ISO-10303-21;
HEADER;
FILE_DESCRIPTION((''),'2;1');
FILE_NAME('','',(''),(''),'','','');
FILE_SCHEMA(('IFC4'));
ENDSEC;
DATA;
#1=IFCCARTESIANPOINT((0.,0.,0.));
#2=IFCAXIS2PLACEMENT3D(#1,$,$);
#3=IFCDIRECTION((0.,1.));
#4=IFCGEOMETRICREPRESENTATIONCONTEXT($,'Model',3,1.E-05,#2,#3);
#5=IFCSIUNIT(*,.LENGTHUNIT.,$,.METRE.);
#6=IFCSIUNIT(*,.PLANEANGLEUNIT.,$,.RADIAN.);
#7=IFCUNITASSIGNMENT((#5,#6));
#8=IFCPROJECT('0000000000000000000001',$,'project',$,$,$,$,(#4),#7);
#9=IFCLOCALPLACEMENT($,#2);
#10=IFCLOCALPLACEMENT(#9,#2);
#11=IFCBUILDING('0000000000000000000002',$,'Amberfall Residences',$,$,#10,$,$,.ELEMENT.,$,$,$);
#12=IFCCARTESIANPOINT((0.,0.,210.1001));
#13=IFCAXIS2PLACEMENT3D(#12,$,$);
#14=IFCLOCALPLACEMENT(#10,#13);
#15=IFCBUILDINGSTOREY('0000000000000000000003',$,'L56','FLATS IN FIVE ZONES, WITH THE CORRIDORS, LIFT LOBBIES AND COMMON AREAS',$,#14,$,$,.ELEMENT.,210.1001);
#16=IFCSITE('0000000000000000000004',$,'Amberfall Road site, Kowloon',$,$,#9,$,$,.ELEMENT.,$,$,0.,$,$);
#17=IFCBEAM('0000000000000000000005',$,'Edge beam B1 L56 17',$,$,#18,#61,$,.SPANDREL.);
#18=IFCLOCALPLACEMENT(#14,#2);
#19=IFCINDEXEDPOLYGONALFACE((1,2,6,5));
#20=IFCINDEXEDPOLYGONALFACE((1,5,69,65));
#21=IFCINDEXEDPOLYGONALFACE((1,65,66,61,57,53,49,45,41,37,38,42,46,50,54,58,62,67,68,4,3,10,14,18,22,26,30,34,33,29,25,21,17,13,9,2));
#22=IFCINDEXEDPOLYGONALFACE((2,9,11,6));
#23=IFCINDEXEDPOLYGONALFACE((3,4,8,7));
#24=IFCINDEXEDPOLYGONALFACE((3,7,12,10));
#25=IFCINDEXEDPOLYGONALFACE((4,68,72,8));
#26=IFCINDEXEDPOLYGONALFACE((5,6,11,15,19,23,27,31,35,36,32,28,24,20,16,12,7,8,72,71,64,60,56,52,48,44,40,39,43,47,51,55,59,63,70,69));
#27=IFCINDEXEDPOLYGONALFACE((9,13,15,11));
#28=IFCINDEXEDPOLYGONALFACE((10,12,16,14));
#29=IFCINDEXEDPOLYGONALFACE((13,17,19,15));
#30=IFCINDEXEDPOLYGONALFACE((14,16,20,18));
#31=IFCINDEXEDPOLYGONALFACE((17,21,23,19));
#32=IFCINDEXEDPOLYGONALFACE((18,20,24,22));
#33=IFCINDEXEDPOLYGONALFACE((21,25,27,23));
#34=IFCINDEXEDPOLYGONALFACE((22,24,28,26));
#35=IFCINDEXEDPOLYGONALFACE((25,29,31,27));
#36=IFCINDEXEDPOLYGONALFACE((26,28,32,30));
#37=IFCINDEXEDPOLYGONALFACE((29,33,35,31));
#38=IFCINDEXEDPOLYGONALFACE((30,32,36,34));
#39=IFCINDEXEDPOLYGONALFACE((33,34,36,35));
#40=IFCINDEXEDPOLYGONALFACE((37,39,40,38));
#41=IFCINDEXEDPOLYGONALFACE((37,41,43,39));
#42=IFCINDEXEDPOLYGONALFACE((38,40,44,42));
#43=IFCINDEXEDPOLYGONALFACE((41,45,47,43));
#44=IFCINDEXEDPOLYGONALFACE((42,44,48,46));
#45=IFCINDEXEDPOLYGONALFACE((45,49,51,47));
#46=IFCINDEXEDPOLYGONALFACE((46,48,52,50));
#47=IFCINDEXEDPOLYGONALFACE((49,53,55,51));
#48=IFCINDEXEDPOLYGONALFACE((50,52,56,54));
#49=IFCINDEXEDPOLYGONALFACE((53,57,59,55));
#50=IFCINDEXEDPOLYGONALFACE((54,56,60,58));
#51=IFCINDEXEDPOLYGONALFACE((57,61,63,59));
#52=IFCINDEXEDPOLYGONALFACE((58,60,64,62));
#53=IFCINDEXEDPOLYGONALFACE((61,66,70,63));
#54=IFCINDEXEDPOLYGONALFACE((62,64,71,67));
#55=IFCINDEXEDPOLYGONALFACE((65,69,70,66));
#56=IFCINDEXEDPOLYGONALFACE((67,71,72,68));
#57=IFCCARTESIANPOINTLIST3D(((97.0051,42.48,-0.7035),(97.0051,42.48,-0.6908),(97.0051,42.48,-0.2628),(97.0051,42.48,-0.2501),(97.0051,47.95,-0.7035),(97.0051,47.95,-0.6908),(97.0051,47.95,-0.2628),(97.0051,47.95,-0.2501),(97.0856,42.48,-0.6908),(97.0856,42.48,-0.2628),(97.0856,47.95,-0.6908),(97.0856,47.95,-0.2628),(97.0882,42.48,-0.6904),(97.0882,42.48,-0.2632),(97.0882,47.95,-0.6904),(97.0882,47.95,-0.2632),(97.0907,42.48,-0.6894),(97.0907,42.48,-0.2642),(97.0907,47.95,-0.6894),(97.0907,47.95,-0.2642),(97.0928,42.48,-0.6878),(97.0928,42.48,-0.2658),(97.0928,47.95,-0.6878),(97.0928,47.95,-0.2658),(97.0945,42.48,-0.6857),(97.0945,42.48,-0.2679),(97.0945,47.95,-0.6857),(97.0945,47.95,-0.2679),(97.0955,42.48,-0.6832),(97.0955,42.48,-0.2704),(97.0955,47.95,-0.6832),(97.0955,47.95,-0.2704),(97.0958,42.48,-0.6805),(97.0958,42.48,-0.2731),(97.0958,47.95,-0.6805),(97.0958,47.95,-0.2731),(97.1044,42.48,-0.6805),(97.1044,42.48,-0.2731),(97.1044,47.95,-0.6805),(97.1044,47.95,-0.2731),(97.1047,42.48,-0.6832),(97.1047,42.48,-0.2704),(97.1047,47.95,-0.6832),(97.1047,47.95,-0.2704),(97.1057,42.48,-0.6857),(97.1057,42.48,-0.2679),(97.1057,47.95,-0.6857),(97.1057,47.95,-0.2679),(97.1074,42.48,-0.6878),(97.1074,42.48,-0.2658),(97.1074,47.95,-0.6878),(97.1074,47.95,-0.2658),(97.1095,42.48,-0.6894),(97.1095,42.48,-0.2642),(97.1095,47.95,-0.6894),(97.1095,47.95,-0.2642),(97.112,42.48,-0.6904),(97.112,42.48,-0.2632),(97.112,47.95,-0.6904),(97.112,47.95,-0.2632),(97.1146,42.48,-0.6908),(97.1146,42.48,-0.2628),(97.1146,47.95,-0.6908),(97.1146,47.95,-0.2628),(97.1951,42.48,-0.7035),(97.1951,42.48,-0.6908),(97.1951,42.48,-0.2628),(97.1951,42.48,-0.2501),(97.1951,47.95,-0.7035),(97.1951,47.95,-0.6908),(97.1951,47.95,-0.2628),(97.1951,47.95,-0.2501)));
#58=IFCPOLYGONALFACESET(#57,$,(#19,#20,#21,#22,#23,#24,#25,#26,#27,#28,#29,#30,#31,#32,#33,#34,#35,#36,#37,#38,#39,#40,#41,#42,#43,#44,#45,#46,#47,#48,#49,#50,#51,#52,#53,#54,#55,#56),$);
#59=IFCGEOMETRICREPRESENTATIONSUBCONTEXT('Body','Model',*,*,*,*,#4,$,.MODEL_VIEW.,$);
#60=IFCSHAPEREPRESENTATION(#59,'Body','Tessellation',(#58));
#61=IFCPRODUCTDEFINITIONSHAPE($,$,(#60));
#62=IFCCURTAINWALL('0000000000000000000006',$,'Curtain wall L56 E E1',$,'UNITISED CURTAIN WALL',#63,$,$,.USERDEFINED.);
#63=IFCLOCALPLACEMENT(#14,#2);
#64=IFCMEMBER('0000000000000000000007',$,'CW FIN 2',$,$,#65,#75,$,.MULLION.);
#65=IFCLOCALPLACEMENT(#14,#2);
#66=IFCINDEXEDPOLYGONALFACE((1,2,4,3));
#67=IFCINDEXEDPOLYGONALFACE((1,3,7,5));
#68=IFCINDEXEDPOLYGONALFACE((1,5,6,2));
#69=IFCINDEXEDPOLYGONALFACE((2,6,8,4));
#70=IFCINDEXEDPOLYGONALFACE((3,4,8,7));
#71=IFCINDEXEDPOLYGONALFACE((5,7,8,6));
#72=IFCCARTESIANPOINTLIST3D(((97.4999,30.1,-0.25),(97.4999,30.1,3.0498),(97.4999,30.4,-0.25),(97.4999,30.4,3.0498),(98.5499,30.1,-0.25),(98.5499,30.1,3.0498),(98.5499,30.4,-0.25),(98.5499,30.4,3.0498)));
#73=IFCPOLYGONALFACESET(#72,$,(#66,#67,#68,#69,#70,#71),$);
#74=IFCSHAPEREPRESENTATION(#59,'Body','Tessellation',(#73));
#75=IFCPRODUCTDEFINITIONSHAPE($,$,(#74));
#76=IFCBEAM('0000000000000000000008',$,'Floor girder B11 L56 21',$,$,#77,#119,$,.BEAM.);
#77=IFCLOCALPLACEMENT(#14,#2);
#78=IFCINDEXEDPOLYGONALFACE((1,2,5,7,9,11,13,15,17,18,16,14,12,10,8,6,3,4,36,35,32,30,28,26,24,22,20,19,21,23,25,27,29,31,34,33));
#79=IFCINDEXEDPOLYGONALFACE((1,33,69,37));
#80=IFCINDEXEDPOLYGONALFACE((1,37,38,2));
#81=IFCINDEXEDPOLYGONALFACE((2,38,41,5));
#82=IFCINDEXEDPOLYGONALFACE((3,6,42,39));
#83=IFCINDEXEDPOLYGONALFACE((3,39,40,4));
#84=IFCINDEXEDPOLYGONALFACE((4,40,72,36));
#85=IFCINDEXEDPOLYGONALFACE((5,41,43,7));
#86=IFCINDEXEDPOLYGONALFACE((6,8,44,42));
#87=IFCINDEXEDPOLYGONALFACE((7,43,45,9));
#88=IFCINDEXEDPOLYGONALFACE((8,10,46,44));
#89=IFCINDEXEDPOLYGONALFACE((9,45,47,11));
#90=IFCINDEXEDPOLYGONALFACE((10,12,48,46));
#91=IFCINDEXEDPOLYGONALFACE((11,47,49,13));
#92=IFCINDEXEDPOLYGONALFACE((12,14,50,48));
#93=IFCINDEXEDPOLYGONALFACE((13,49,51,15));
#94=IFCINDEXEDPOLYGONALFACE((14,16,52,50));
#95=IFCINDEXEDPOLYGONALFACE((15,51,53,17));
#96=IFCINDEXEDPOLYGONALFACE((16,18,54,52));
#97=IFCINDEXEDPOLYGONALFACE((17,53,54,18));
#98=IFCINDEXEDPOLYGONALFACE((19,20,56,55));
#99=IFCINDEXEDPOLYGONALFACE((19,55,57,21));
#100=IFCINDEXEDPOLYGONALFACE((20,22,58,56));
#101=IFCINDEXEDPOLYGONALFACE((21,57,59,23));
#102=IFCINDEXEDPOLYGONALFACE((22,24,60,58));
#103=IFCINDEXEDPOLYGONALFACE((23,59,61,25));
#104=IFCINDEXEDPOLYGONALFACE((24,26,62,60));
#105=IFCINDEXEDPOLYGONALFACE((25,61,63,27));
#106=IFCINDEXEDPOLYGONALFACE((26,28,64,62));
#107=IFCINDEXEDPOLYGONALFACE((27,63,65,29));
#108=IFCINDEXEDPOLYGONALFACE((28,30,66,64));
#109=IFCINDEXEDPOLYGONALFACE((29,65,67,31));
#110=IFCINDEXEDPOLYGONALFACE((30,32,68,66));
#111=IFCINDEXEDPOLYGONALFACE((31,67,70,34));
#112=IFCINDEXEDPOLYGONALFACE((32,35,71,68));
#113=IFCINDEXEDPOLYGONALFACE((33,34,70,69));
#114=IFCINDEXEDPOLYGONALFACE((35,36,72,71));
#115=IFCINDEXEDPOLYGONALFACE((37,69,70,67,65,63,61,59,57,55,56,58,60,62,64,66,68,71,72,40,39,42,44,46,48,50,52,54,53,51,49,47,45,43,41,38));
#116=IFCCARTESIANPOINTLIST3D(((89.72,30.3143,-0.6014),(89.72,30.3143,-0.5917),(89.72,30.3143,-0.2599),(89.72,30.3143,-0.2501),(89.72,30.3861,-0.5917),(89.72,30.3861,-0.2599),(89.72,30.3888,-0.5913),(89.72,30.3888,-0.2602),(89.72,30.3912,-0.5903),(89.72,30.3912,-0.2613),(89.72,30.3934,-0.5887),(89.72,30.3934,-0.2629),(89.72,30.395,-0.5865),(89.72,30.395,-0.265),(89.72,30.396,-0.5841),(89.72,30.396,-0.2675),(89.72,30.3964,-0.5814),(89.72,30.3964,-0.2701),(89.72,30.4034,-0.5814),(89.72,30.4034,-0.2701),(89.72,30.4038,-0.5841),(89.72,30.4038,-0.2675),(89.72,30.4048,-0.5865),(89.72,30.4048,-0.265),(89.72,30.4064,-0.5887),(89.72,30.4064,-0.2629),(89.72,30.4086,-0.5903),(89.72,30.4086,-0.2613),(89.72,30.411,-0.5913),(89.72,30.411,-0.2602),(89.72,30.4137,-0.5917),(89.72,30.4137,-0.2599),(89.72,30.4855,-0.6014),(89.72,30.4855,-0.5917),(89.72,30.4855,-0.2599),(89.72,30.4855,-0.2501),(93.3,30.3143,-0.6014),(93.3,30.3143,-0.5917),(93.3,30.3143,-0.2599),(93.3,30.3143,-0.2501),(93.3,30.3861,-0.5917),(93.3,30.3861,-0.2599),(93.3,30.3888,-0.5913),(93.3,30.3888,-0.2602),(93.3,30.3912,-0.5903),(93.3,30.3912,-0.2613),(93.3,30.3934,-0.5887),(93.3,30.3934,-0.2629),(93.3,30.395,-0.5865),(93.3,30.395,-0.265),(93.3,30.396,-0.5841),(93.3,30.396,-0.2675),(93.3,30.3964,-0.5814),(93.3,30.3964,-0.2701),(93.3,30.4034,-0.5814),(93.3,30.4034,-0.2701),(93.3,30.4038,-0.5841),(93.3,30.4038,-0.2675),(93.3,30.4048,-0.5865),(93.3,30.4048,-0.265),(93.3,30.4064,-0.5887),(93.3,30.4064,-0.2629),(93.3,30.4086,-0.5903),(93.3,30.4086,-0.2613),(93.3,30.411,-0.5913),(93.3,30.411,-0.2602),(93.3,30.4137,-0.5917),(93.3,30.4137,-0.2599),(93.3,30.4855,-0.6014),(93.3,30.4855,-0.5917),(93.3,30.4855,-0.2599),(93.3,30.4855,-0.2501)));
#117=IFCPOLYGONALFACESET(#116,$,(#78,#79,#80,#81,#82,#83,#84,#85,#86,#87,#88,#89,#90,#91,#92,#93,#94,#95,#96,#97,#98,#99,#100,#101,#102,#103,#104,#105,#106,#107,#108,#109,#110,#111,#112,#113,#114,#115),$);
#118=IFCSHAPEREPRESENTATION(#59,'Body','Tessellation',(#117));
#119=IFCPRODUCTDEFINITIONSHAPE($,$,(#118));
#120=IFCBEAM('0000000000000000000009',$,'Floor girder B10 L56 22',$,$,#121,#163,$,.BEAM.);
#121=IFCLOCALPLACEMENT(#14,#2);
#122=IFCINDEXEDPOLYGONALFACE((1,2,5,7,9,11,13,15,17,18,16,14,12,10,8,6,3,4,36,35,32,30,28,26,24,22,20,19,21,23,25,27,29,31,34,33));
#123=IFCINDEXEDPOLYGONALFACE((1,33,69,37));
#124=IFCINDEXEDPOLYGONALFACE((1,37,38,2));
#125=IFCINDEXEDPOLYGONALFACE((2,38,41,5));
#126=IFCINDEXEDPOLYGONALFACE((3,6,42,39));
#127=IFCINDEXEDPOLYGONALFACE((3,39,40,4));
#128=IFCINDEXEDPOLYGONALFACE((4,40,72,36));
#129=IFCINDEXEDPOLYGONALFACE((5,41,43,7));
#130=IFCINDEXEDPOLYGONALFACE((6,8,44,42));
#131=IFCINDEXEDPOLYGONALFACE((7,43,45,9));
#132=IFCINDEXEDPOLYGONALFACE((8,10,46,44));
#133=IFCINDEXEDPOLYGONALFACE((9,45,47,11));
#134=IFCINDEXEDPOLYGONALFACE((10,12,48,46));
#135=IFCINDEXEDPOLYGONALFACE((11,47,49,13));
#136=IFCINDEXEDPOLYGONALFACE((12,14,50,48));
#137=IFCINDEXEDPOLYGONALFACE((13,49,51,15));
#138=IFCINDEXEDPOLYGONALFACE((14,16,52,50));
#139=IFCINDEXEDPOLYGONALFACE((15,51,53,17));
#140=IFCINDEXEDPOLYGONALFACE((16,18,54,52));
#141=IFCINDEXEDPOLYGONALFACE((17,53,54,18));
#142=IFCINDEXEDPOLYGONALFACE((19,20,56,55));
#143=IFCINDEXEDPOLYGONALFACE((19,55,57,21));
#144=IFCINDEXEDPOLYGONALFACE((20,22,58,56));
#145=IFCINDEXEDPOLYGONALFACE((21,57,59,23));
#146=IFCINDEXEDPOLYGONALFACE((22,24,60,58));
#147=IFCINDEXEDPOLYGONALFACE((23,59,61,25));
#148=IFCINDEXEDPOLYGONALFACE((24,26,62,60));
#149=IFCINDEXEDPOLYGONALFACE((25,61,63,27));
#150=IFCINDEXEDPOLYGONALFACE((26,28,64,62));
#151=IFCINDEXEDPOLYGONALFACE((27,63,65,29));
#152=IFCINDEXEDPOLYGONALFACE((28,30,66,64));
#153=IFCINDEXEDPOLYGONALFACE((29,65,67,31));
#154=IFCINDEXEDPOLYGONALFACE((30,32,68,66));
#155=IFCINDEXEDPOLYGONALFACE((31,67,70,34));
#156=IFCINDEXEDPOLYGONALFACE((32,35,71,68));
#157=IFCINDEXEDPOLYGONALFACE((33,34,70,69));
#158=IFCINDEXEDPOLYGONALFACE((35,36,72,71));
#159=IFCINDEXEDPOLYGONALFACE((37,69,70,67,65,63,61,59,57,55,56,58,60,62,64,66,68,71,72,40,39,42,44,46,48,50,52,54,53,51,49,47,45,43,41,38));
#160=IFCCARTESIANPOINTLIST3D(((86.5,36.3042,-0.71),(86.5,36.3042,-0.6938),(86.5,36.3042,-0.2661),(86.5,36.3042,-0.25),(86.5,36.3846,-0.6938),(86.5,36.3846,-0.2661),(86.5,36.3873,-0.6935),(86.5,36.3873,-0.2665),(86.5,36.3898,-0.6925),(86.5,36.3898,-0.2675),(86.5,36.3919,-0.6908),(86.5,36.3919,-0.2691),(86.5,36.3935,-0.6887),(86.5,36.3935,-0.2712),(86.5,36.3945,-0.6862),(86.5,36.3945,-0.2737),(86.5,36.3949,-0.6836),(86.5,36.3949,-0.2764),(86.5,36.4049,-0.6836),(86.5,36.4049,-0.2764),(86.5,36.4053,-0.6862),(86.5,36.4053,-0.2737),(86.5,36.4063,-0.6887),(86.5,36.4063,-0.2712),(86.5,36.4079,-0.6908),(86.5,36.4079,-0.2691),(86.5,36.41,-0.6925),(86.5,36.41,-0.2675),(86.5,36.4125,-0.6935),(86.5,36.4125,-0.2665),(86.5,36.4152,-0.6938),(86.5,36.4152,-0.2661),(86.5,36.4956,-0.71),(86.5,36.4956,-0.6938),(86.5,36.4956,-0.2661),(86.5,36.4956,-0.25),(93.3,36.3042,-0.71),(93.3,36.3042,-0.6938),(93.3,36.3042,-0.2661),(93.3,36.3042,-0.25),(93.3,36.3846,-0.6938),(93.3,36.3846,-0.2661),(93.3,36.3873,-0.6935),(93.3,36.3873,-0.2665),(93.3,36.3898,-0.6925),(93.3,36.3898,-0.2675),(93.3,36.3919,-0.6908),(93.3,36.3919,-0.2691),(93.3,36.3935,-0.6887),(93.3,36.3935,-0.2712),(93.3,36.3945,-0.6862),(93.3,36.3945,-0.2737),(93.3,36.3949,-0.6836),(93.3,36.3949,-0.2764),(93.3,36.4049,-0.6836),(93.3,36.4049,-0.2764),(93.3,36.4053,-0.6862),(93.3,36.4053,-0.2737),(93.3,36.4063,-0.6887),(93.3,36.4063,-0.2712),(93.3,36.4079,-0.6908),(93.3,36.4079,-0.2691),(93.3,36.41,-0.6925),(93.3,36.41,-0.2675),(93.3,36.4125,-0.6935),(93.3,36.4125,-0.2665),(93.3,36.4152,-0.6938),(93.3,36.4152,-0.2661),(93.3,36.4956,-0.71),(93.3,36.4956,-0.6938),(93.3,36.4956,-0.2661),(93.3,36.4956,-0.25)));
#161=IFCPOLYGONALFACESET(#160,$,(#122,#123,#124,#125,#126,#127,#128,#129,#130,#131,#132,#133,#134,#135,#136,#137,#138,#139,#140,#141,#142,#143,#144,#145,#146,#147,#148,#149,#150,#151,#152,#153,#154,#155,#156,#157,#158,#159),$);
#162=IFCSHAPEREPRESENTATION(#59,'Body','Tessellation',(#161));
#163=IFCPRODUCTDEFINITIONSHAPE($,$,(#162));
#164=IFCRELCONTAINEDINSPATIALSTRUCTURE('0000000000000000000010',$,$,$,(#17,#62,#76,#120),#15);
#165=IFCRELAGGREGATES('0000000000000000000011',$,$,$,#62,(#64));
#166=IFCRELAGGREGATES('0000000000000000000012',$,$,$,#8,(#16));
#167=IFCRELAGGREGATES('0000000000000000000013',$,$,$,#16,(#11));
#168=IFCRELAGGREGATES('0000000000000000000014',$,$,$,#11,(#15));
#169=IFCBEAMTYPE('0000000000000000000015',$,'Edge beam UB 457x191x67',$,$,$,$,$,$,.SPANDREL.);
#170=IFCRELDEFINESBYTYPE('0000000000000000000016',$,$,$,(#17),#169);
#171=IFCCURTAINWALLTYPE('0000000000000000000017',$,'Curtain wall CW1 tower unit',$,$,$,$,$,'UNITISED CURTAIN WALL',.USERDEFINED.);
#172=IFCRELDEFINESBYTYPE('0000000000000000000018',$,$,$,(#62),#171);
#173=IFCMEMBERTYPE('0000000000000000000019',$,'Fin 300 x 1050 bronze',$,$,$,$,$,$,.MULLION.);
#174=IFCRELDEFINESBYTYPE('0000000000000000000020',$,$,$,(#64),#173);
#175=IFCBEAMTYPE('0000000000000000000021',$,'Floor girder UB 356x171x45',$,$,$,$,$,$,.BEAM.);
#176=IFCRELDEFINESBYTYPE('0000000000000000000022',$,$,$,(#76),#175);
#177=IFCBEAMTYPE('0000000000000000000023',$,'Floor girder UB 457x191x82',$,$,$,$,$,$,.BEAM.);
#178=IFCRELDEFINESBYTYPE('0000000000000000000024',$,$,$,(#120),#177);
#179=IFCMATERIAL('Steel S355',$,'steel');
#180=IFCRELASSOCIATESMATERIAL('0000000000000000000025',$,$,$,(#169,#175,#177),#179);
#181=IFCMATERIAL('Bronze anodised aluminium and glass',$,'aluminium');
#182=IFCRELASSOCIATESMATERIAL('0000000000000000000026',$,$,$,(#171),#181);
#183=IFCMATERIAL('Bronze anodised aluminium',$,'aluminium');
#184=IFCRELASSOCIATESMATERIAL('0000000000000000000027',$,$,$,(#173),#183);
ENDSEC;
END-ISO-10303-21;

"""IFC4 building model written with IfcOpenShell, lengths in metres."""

from ifc_helpers import new_model, si_unit, direction, frame, origin, origin_2d, place, context, subcontext, project, spatial, rectangle, i_section, extrude, material, material_profile, profile_set, type_object, element, aggregate, save


model = new_model("IFC4")

# Units and contexts
model_context = context("Model", 3, precision=1e-05, world=origin(), true_north=direction((0.0, 1.0)))
body_context = subcontext(model_context, "Body", "Model", "MODEL_VIEW")
ifc_project = project(units=[si_unit("LENGTHUNIT", "METRE"), si_unit("PLANEANGLEUNIT", "RADIAN")], contexts=[model_context])

# Site, building, storey
site_placement = place(None, origin())
site = spatial("IfcSite", under=ifc_project, at=site_placement, Name="Amberfall Road site, Kowloon", CompositionType="ELEMENT", RefElevation=0.0)
building_placement = place(site_placement, origin())
building = spatial("IfcBuilding", under=site, at=building_placement, Name="Amberfall Residences", CompositionType="ELEMENT")
storey_placement = place(building_placement, frame((0.0, 0.0, 210.1001)))
storey = spatial("IfcBuildingStorey", under=building, at=storey_placement, Name="L56", Description="FLATS IN FIVE ZONES, WITH THE CORRIDORS, LIFT LOBBIES AND COMMON AREAS", CompositionType="ELEMENT", Elevation=210.1001)

# Beam
ifc_material_1 = material(Name="Steel S355", Category="steel")
ifc_material_profile_1 = material_profile(ifc_material_1, i_section(OverallWidth=0.1899, OverallDepth=0.4534, WebThickness=0.0085, FlangeThickness=0.0127, FilletRadius=0.0103, at=origin_2d()), Name="UB 457x191x67")
ifc_profile_set_1 = profile_set([ifc_material_profile_1], Name="Steel S355")
beam_type_1 = type_object("IfcBeamType", Name="Edge beam UB 457x191x67", PredefinedType="SPANDREL", material=ifc_profile_set_1)
for number, where, z_axis, x_axis, name in (
    (1, (97.1001, 42.48, -0.4768), (0.0, 1.0, 0.0), (-1.0, 0.0, 0.0), "Edge beam B1 L56 17"),
):
    element("IfcBeam", number, at=place(storey_placement, frame(where, z_axis=z_axis, x_axis=x_axis)), inside=storey, type_object=beam_type_1, Name=name, PredefinedType="SPANDREL", context=body_context, shape_type="SweptSolid", body=[
        extrude(i_section(OverallWidth=0.1899, OverallDepth=0.4534, WebThickness=0.0085, FlangeThickness=0.0127, FilletRadius=0.0103, at=origin_2d()), origin(), (0.0, 0.0, 1.0), 5.47),
    ])

# Curtain wall, member
ifc_material_2 = material(Name="Bronze anodised aluminium and glass", Category="aluminium")
curtain_wall_type = type_object("IfcCurtainWallType", Name="Curtain wall CW1 tower unit", ElementType="UNITISED CURTAIN WALL", PredefinedType="USERDEFINED", material=ifc_material_2)
curtain_wall_placement = place(storey_placement, origin())
curtain_wall = element("IfcCurtainWall", 2, at=curtain_wall_placement, inside=storey, type_object=curtain_wall_type, Name="Curtain wall L56 E E1", ObjectType="UNITISED CURTAIN WALL", PredefinedType="USERDEFINED")
ifc_material_3 = material(Name="Bronze anodised aluminium", Category="aluminium")
ifc_material_profile_2 = material_profile(ifc_material_3, rectangle(XDim=1.05, YDim=0.3, at=origin_2d()), Name="Fin 300 x 1050 bronze")
ifc_profile_set_2 = profile_set([ifc_material_profile_2], Name="Bronze anodised aluminium")
member_type = type_object("IfcMemberType", Name="Fin 300 x 1050 bronze", PredefinedType="MULLION", material=ifc_profile_set_2)
member_placement = place(storey_placement, frame((98.0249, 30.25, -0.25), z_axis=(0.0, 0.0, 1.0), x_axis=(-1.0, 0.0, 0.0)))
member = element("IfcMember", 3, at=member_placement, type_object=member_type, Name="CW FIN 2", PredefinedType="MULLION", context=body_context, shape_type="SweptSolid", body=[
    extrude(rectangle(XDim=1.05, YDim=0.3, at=origin_2d()), origin(), (0.0, 0.0, 1.0), 3.2998),
])
aggregate(curtain_wall, [member])

# Beams
ifc_material_profile_3 = material_profile(ifc_material_1, i_section(OverallWidth=0.1711, OverallDepth=0.3513, WebThickness=0.0071, FlangeThickness=0.0098, FilletRadius=0.0103, at=origin_2d()), Name="UB 356x171x45")
ifc_profile_set_3 = profile_set([ifc_material_profile_3], Name="Steel S355")
beam_type_2 = type_object("IfcBeamType", Name="Floor girder UB 356x171x45", PredefinedType="BEAM", material=ifc_profile_set_3)
beam_1_placement = place(storey_placement, frame((93.3, 30.3999, -0.4258), z_axis=(-1.0, 0.0, 0.0), x_axis=(0.0, -1.0, 0.0)))
element("IfcBeam", 4, at=beam_1_placement, inside=storey, type_object=beam_type_2, Name="Floor girder B11 L56 21", PredefinedType="BEAM", context=body_context, shape_type="SweptSolid", body=[
    extrude(i_section(OverallWidth=0.1711, OverallDepth=0.3513, WebThickness=0.0071, FlangeThickness=0.0098, FilletRadius=0.0103, at=origin_2d()), origin(), (0.0, 0.0, 1.0), 3.5801),
])
ifc_material_profile_4 = material_profile(ifc_material_1, i_section(OverallWidth=0.1914, OverallDepth=0.46, WebThickness=0.01, FlangeThickness=0.0161, FilletRadius=0.0103, at=origin_2d()), Name="UB 457x191x82")
ifc_profile_set_4 = profile_set([ifc_material_profile_4], Name="Steel S355")
beam_type_3 = type_object("IfcBeamType", Name="Floor girder UB 457x191x82", PredefinedType="BEAM", material=ifc_profile_set_4)
beam_2_placement = place(storey_placement, frame((93.3, 36.3999, -0.48), z_axis=(-1.0, 0.0, 0.0), x_axis=(0.0, -1.0, 0.0)))
element("IfcBeam", 5, at=beam_2_placement, inside=storey, type_object=beam_type_3, Name="Floor girder B10 L56 22", PredefinedType="BEAM", context=body_context, shape_type="SweptSolid", body=[
    extrude(i_section(OverallWidth=0.1914, OverallDepth=0.46, WebThickness=0.01, FlangeThickness=0.0161, FilletRadius=0.0103, at=origin_2d()), origin(), (0.0, 0.0, 1.0), 6.8),
])

save(model, "model.ifc")
